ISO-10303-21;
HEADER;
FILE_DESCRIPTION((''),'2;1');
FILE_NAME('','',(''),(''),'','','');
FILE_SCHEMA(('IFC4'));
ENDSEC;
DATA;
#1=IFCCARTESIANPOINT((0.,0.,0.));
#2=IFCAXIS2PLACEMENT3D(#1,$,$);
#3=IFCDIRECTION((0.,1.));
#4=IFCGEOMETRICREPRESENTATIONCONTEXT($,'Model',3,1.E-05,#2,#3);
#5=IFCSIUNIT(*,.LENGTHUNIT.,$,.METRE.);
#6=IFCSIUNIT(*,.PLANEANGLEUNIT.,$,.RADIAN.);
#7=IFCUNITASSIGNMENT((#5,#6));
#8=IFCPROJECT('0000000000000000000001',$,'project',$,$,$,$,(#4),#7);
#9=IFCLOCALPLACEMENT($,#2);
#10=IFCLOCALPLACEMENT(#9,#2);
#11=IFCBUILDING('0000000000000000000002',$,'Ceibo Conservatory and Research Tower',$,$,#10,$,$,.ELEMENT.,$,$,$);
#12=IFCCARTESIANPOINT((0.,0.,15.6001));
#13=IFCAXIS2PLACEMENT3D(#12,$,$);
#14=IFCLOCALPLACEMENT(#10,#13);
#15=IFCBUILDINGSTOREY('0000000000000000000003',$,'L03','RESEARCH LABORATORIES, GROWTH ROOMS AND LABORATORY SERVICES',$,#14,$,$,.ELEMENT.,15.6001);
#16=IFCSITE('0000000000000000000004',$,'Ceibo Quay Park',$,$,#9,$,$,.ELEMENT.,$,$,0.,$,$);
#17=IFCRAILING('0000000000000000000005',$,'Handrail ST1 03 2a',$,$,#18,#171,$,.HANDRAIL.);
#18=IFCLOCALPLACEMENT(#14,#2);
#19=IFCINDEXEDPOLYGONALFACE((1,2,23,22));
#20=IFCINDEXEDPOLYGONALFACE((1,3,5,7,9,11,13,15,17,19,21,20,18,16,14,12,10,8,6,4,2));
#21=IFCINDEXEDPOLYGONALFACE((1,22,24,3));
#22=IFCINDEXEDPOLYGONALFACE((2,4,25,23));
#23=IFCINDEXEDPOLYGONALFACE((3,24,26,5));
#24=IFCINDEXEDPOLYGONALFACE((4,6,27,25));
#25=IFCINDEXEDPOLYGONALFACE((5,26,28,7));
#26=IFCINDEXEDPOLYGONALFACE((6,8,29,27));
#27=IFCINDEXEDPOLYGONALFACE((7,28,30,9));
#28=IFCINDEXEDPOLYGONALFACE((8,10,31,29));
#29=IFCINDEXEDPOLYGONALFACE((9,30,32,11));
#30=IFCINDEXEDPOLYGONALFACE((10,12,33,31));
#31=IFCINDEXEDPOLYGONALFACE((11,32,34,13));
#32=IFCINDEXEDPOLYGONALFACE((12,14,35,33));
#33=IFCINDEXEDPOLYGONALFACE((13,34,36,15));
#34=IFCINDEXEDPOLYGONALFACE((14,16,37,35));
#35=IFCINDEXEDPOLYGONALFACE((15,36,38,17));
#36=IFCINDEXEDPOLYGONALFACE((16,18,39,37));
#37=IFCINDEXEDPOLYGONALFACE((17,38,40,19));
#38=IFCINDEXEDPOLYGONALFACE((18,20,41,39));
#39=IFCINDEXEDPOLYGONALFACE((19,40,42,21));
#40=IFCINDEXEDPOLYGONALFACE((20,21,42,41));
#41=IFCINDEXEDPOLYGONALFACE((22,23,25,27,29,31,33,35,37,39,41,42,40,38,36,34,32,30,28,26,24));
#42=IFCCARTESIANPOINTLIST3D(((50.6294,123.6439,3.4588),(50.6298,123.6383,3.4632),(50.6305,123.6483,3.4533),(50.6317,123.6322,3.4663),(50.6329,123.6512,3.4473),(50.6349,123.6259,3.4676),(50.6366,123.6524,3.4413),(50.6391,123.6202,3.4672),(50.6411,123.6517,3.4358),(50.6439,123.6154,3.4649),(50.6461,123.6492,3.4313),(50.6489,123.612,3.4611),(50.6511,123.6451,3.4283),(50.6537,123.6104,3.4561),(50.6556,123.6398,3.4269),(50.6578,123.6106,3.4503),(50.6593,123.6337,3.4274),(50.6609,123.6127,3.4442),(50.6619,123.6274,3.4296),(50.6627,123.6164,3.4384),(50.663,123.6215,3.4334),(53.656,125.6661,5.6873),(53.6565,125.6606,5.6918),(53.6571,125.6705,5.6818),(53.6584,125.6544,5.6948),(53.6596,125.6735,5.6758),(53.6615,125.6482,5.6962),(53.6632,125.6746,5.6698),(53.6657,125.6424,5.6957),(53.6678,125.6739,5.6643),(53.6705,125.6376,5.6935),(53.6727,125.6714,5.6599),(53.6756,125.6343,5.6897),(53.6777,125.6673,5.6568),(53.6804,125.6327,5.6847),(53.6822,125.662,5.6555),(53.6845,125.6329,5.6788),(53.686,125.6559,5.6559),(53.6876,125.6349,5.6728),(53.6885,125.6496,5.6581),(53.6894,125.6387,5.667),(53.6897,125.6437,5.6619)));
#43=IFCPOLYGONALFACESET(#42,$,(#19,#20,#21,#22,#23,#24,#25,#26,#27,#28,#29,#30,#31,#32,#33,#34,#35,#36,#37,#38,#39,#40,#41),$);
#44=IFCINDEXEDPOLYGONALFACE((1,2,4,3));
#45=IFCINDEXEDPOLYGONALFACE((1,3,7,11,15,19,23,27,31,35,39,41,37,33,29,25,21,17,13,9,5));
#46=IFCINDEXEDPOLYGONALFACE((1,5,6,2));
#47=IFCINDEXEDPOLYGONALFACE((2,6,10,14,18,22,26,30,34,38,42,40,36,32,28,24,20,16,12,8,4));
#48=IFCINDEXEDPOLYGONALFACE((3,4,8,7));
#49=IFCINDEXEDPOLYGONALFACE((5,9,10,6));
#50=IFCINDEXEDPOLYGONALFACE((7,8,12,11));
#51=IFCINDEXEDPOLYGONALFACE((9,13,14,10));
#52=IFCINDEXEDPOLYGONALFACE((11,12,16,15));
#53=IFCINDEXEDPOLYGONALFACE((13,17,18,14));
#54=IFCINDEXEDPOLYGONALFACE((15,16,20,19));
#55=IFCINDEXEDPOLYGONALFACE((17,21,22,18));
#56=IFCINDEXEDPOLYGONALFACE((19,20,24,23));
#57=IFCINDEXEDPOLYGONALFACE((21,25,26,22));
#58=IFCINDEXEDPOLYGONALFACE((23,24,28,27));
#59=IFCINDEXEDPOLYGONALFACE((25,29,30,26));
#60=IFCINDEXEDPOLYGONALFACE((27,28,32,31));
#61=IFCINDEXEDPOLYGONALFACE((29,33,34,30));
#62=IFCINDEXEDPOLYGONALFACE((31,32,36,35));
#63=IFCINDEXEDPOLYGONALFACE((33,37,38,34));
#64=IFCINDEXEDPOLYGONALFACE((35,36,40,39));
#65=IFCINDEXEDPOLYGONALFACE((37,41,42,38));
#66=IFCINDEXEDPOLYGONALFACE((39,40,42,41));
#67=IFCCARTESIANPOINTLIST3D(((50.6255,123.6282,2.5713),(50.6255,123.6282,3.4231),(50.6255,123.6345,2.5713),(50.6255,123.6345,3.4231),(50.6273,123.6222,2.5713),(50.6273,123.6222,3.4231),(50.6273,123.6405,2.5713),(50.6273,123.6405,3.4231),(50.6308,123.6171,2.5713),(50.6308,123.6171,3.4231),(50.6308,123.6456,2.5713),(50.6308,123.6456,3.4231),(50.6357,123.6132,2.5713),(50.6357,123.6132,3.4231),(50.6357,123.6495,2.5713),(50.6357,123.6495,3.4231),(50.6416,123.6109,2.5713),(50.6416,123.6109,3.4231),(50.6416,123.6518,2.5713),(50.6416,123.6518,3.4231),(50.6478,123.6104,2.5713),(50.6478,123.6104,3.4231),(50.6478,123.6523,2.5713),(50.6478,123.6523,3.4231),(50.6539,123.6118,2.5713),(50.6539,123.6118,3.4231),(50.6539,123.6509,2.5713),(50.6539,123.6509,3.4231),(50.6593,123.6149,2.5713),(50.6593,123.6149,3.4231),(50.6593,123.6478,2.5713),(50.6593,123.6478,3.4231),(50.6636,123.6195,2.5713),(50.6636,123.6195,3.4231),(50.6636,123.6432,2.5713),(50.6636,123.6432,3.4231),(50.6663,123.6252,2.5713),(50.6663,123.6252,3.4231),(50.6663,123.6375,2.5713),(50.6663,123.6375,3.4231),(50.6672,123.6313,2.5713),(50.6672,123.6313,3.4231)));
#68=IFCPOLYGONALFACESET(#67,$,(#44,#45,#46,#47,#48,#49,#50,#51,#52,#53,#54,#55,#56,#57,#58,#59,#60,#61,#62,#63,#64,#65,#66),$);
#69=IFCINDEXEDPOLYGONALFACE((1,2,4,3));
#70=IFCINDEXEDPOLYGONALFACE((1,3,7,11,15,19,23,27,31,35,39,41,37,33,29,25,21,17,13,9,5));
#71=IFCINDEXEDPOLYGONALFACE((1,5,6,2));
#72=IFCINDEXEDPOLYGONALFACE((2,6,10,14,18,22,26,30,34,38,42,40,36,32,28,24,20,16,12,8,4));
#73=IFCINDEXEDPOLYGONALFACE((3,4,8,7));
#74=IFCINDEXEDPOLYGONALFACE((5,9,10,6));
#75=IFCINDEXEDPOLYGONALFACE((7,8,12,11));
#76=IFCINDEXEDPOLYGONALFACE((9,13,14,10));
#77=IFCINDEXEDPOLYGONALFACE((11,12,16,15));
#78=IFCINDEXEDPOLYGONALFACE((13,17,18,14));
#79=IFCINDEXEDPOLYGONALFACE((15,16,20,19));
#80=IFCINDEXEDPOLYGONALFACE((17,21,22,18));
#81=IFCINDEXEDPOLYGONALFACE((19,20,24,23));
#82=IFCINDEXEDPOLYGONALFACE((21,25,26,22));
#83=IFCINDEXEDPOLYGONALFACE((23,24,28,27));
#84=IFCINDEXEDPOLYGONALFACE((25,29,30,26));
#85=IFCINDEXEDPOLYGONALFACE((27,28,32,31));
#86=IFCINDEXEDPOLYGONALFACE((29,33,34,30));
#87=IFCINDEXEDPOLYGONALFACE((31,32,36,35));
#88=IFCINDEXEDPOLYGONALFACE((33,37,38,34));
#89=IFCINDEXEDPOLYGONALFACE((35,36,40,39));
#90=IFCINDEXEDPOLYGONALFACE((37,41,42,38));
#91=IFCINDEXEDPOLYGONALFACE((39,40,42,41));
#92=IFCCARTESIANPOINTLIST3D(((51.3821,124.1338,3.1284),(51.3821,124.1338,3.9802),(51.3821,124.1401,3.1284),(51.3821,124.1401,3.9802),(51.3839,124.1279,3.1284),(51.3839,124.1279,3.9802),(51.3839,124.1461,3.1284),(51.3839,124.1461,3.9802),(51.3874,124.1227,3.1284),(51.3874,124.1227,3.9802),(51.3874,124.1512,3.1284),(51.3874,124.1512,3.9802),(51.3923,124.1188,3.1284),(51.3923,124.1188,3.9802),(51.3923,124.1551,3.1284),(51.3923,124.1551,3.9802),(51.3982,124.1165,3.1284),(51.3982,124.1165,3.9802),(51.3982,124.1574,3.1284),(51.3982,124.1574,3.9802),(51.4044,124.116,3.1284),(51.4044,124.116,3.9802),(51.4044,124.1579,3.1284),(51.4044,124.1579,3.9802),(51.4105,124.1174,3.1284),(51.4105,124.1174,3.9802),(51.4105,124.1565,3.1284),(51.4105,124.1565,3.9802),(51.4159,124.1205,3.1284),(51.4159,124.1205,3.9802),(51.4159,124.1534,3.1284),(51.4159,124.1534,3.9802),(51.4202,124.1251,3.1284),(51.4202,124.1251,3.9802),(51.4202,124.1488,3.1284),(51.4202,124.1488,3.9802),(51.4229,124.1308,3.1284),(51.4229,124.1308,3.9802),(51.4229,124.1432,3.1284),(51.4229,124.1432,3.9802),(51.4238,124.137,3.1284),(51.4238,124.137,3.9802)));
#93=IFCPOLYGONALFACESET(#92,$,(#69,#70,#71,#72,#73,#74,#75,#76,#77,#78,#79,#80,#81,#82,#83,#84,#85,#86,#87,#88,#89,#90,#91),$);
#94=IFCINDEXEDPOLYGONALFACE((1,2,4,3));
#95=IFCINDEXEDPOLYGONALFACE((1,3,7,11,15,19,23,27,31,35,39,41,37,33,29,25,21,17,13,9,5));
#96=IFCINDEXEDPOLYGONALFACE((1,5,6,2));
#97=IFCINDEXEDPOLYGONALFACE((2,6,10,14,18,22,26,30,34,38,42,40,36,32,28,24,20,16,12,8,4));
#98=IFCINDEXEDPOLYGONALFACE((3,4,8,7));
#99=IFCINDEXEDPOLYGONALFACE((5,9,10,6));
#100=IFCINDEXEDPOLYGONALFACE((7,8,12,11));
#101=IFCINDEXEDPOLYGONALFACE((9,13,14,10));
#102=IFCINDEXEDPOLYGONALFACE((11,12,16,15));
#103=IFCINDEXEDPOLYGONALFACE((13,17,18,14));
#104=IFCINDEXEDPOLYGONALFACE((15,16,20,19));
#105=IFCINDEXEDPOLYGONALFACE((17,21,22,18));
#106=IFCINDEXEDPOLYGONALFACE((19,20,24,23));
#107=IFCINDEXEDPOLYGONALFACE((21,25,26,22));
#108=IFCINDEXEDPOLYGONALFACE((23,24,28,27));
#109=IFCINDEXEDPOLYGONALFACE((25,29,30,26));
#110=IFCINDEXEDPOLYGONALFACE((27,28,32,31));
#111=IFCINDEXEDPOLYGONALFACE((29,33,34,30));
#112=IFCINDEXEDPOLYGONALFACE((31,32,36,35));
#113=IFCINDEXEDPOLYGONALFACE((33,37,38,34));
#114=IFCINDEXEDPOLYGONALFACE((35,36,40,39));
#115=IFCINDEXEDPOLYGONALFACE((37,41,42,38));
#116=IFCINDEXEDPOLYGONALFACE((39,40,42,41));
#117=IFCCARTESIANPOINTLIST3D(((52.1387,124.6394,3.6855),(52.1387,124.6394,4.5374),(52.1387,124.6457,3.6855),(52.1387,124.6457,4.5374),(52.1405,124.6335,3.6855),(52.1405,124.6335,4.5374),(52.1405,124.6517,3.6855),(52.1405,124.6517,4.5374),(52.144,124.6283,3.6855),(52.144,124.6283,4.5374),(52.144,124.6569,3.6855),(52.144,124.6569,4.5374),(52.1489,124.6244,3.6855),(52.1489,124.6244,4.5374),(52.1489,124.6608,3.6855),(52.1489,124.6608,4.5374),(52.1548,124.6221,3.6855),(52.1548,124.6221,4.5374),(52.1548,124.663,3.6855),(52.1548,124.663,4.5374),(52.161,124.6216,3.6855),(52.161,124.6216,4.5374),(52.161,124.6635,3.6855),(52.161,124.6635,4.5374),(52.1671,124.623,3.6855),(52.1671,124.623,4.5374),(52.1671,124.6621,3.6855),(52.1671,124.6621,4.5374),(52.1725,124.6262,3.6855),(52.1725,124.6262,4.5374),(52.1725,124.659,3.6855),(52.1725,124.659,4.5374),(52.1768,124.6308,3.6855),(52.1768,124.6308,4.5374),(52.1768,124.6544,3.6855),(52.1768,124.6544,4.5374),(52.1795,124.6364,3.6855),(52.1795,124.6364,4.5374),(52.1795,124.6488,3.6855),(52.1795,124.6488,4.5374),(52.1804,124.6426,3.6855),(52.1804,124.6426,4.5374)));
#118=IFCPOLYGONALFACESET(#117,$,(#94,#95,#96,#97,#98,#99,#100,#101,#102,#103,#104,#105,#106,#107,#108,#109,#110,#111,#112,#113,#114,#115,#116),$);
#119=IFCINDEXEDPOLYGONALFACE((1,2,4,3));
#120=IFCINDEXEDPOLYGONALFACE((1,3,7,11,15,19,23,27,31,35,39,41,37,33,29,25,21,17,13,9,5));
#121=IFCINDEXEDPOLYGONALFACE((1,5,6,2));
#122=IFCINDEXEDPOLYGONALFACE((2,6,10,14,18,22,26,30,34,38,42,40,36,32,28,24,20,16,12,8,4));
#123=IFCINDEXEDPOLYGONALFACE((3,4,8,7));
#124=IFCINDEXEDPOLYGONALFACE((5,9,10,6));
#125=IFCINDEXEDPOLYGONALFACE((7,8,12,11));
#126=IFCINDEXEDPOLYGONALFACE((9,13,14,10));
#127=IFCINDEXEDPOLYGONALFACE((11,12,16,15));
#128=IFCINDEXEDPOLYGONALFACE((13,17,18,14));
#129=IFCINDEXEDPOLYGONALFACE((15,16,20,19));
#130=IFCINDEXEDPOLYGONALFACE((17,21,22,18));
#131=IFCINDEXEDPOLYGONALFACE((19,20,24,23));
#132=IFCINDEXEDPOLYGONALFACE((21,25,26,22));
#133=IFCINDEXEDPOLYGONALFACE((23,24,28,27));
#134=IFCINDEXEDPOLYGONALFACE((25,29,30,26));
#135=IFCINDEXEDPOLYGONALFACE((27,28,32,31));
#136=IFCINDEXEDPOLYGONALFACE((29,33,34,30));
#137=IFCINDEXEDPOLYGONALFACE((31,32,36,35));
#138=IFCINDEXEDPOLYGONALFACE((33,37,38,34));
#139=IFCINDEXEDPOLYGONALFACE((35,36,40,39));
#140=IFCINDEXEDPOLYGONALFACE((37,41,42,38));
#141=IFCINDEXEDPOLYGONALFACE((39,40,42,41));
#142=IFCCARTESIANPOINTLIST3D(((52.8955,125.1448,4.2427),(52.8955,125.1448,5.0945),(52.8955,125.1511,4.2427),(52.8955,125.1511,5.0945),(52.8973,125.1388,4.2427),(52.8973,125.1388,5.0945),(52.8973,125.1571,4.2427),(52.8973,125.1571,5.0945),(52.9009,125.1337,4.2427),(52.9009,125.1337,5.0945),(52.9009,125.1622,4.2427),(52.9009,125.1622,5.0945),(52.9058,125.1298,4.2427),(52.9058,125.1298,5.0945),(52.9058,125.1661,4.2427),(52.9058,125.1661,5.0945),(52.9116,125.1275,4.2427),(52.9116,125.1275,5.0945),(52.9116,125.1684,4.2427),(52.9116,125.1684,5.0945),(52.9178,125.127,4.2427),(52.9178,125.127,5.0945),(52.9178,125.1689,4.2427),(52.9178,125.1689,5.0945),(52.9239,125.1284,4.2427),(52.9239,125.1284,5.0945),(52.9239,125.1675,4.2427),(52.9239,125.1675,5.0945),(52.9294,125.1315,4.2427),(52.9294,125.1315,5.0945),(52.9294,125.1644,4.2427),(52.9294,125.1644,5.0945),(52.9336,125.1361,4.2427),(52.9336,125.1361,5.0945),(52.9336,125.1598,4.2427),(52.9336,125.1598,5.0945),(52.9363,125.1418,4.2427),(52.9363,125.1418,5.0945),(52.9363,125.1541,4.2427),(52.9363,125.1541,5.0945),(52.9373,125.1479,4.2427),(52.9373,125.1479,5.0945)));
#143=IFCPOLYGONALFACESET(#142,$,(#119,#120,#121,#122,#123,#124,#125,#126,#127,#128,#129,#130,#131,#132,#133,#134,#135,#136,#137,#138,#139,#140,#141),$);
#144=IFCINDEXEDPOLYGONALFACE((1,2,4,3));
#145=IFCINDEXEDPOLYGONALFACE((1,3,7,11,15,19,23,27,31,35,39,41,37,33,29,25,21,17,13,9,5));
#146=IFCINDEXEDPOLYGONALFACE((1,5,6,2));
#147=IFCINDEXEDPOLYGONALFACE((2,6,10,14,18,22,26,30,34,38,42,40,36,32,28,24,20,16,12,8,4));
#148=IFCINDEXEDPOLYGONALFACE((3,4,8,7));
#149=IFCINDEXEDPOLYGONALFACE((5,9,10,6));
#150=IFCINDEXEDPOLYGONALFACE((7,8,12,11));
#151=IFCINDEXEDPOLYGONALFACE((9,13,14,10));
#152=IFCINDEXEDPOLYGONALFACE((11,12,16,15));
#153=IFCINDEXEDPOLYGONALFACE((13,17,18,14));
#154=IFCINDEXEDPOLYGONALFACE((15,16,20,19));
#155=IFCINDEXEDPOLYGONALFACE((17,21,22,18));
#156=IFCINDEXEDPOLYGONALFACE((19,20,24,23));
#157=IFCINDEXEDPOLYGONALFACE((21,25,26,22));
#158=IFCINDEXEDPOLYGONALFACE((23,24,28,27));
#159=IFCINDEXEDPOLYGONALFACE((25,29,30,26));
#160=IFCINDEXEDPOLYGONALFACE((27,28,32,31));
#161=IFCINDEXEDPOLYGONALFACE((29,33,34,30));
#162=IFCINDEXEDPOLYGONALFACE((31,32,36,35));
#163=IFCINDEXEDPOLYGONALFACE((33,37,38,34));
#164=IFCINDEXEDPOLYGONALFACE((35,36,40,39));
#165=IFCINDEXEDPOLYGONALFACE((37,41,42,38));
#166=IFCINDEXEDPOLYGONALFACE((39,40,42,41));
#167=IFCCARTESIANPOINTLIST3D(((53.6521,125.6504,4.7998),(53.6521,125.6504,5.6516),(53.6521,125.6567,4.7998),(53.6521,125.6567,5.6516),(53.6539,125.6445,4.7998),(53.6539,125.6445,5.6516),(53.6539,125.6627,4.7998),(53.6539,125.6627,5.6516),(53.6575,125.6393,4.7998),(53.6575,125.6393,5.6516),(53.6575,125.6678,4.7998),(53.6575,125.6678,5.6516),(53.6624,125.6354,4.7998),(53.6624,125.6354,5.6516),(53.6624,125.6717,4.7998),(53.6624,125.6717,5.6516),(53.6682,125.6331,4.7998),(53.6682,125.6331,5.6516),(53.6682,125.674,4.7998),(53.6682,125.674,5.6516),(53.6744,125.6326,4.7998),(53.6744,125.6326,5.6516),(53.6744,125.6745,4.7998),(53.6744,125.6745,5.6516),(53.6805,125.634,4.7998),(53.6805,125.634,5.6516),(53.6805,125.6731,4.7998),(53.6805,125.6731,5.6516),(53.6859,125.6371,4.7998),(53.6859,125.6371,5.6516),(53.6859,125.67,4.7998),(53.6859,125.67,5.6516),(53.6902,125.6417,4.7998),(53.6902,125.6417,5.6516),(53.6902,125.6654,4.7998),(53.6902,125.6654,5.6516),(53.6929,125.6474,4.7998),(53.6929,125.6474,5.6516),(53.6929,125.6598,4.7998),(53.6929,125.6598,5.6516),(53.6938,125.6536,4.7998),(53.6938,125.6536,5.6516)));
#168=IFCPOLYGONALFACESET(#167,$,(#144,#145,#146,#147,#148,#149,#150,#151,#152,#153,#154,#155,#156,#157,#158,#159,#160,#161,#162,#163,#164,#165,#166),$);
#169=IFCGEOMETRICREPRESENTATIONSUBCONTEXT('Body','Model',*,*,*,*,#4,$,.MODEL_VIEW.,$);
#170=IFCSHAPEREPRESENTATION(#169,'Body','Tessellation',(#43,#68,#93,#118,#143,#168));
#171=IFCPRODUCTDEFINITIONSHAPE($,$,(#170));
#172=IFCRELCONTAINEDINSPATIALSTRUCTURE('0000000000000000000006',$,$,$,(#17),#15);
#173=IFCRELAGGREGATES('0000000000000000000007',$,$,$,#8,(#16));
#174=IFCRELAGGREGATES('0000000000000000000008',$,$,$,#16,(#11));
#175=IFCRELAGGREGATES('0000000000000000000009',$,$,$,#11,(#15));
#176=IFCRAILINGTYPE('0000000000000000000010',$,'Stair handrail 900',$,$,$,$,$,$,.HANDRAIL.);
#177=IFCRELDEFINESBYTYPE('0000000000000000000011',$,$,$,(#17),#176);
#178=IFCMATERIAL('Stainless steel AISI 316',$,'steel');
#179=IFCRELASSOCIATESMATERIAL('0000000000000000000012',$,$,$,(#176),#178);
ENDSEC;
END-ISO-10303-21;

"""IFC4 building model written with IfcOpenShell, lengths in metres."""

from ifc_helpers import new_model, si_unit, direction, frame, origin, origin_2d, place, context, subcontext, project, spatial, circle, extrude, material, type_object, element, save


model = new_model("IFC4")

# Units and contexts
model_context = context("Model", 3, precision=1e-05, world=origin(), true_north=direction((0.0, 1.0)))
body_context = subcontext(model_context, "Body", "Model", "MODEL_VIEW")
ifc_project = project(units=[si_unit("LENGTHUNIT", "METRE"), si_unit("PLANEANGLEUNIT", "RADIAN")], contexts=[model_context])

# Site, building, storey
site_placement = place(None, origin())
site = spatial("IfcSite", under=ifc_project, at=site_placement, Name="Ceibo Quay Park", CompositionType="ELEMENT", RefElevation=0.0)
building_placement = place(site_placement, origin())
building = spatial("IfcBuilding", under=site, at=building_placement, Name="Ceibo Conservatory and Research Tower", CompositionType="ELEMENT")
storey_placement = place(building_placement, frame((0.0, 0.0, 15.6001)))
storey = spatial("IfcBuildingStorey", under=building, at=storey_placement, Name="L03", Description="RESEARCH LABORATORIES, GROWTH ROOMS AND LABORATORY SERVICES", CompositionType="ELEMENT", Elevation=15.6001)

# Shared definitions
ifc_material_1 = material(Name="Stainless steel AISI 316", Category="steel")

# Railing
railing_type = type_object("IfcRailingType", Name="Stair handrail 900", PredefinedType="HANDRAIL", material=ifc_material_1)
railing_1_placement = place(storey_placement, frame((50.6462, 123.6313, 2.5713)))
element("IfcRailing", 1, at=railing_1_placement, inside=storey, type_object=railing_type, Name="Handrail ST1 03 2a", PredefinedType="HANDRAIL", context=body_context, shape_type="SweptSolid", body=[
    extrude(circle(Radius=0.0239, at=origin_2d()), frame((0.0, 0.0, 0.876), z_axis=(0.709137, 0.473806, 0.522142), x_axis=(-0.555551, 0.831482, 0.0)), (0.0, 0.0, 1.0), 4.2681),
    extrude(circle(Radius=0.021, at=origin_2d()), origin(), (0.0, 0.0, 1.0), 0.8518),
    extrude(circle(Radius=0.021, at=origin_2d()), frame((0.7566, 0.5056, 0.5571)), (0.0, 0.0, 1.0), 0.8518),
    extrude(circle(Radius=0.021, at=origin_2d()), frame((1.5132, 1.0112, 1.1143)), (0.0, 0.0, 1.0), 0.8518),
    extrude(circle(Radius=0.021, at=origin_2d()), frame((2.27, 1.5166, 1.6714)), (0.0, 0.0, 1.0), 0.8518),
    extrude(circle(Radius=0.021, at=origin_2d()), frame((3.0266, 2.0222, 2.2285)), (0.0, 0.0, 1.0), 0.8518),
])

save(model, "model.ifc")
